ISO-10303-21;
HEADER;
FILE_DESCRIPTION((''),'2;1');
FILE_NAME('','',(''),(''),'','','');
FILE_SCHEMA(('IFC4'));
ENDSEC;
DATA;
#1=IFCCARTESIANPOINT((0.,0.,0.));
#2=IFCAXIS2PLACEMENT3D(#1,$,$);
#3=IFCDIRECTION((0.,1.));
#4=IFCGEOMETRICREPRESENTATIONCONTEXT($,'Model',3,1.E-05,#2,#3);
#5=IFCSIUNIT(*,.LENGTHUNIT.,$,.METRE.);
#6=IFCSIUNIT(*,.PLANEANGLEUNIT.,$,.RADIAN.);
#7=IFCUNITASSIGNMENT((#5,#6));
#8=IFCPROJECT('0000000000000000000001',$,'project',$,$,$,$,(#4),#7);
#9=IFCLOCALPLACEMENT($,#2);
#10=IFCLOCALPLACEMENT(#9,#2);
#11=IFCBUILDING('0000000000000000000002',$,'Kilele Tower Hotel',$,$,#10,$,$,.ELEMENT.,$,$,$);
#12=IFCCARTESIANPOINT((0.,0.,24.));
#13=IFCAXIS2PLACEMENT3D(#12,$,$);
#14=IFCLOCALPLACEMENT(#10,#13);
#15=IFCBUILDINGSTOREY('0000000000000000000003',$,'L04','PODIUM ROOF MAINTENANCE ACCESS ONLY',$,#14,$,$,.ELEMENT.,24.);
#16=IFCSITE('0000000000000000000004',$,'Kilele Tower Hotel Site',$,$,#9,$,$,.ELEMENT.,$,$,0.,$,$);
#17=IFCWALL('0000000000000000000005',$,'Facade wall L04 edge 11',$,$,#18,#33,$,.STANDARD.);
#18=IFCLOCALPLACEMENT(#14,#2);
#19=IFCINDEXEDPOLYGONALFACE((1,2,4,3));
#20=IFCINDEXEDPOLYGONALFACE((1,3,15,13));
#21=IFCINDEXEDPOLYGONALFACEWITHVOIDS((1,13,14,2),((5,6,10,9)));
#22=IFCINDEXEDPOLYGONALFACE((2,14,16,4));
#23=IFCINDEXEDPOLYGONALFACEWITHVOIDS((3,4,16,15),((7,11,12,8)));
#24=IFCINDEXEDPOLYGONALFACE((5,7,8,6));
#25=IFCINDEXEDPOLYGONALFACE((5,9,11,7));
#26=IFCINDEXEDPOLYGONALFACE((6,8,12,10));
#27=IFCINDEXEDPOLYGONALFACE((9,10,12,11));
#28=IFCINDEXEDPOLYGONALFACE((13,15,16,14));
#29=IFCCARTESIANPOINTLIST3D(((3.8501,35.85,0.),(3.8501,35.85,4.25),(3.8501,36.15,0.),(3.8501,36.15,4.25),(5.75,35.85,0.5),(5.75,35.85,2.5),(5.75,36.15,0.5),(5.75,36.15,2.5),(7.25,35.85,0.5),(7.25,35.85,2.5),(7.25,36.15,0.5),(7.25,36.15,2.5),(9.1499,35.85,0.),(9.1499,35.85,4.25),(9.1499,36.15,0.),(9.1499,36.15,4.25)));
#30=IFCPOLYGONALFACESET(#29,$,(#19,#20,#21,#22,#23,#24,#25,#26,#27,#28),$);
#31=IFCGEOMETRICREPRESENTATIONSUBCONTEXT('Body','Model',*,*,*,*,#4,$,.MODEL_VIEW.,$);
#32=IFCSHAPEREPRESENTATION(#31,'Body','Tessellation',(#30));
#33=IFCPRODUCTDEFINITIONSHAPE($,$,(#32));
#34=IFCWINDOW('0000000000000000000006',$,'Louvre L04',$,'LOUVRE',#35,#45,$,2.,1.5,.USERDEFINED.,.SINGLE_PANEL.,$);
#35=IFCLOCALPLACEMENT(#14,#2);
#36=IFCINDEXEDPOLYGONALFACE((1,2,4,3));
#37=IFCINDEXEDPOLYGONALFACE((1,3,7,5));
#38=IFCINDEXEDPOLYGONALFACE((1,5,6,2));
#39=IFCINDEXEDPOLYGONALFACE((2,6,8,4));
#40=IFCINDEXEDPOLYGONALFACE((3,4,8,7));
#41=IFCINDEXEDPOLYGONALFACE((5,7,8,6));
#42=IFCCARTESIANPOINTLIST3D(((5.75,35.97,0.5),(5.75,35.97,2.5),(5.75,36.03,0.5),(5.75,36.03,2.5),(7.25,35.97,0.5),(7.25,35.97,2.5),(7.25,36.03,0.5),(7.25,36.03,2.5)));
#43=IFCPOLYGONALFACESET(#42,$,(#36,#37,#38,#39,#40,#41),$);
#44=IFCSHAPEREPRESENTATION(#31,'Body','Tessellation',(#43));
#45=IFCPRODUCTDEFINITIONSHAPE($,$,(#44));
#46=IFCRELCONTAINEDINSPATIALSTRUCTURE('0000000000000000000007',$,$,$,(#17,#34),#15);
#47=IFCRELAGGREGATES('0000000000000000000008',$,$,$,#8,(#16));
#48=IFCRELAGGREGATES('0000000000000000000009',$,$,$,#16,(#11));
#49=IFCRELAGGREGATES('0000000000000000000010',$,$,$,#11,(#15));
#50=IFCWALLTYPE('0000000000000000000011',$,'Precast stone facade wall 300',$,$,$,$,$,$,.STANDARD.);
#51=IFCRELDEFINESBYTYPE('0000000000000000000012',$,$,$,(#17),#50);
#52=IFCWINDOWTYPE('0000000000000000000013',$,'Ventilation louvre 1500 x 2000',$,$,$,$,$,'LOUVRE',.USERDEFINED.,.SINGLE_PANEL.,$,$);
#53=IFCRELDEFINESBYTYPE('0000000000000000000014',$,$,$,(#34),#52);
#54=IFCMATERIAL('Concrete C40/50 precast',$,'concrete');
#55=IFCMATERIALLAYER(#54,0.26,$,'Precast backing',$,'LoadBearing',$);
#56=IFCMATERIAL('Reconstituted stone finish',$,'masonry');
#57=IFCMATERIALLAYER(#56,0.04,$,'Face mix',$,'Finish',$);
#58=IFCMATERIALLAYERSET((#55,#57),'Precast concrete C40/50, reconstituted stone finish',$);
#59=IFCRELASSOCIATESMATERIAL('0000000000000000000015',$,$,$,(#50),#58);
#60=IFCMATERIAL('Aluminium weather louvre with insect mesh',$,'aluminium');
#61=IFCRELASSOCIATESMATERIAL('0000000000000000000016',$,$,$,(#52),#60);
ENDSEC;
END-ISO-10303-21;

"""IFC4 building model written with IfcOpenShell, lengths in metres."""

from ifc_helpers import new_model, si_unit, direction, frame, frame_2d, origin, place, context, subcontext, project, spatial, rectangle, extrude, material, layer, layer_set, type_object, element, fill, save


model = new_model("IFC4")

# Units and contexts
model_context = context("Model", 3, precision=1e-05, world=origin(), true_north=direction((0.0, 1.0)))
body_context = subcontext(model_context, "Body", "Model", "MODEL_VIEW")
ifc_project = project(units=[si_unit("LENGTHUNIT", "METRE"), si_unit("PLANEANGLEUNIT", "RADIAN")], contexts=[model_context])

# Site, building, storey
site_placement = place(None, origin())
site = spatial("IfcSite", under=ifc_project, at=site_placement, Name="Kilele Tower Hotel Site", CompositionType="ELEMENT", RefElevation=0.0)
building_placement = place(site_placement, origin())
building = spatial("IfcBuilding", under=site, at=building_placement, Name="Kilele Tower Hotel", CompositionType="ELEMENT")
storey_placement = place(building_placement, frame((0.0, 0.0, 24.0)))
storey = spatial("IfcBuildingStorey", under=building, at=storey_placement, Name="L04", Description="PODIUM ROOF MAINTENANCE ACCESS ONLY", CompositionType="ELEMENT", Elevation=24.0)

# Wall, opening, window
ifc_material_1 = material(Name="Concrete C40/50 precast", Category="concrete")
ifc_layer_1 = layer(ifc_material_1, 0.26, Name="Precast backing", Category="LoadBearing")
ifc_material_2 = material(Name="Reconstituted stone finish", Category="masonry")
ifc_layer_2 = layer(ifc_material_2, 0.04, Name="Face mix", Category="Finish")
ifc_layer_set_1 = layer_set([ifc_layer_1, ifc_layer_2], Name="Precast concrete C40/50, reconstituted stone finish")
wall_type_1 = type_object("IfcWallType", Name="Precast stone facade wall 300", PredefinedType="STANDARD", material=ifc_layer_set_1)
wall_1_placement = place(storey_placement, frame((9.1499, 36.0, 0.0), z_axis=(0.0, 0.0, 1.0), x_axis=(-1.0, 0.0, 0.0)))
wall_1 = element("IfcWall", 1, at=wall_1_placement, inside=storey, type_object=wall_type_1, Name="Facade wall L04 edge 11", PredefinedType="STANDARD", context=body_context, shape_type="SweptSolid", body=[
    extrude(rectangle(XDim=5.2998, YDim=0.3, at=frame_2d((2.6499, 0.0))), origin(), (0.0, 0.0, 1.0), 4.25),
])
opening_1_placement = place(wall_1_placement, frame((1.8999, 0.0, 0.5)))
opening_1 = element("IfcOpeningElement", 2, at=opening_1_placement, cuts=wall_1, PredefinedType="OPENING", context=body_context, shape_type="SweptSolid", body=[
    extrude(rectangle(XDim=1.5, YDim=2.0, at=frame_2d((0.75, 1.0))), frame((0.0, 0.1599, 0.0), z_axis=(0.0, -1.0, 0.0), x_axis=(1.0, 0.0, 0.0)), (0.0, 0.0, 1.0), 0.3201),
])
ifc_material_3 = material(Name="Aluminium weather louvre with insect mesh", Category="aluminium")
window_type_1 = type_object("IfcWindowType", Name="Ventilation louvre 1500 x 2000", ElementType="LOUVRE", PartitioningType="SINGLE_PANEL", PredefinedType="USERDEFINED", material=ifc_material_3)
window_1_placement = place(opening_1_placement, origin())
window_1 = element("IfcWindow", 3, at=window_1_placement, inside=storey, type_object=window_type_1, Name="Louvre L04", ObjectType="LOUVRE", OverallHeight=2.0, OverallWidth=1.5, PartitioningType="SINGLE_PANEL", PredefinedType="USERDEFINED", context=body_context, shape_type="SweptSolid", body=[
    extrude(rectangle(XDim=1.5, YDim=2.0, at=frame_2d((0.75, 1.0))), frame((0.0, 0.03, 0.0), z_axis=(0.0, -1.0, 0.0), x_axis=(1.0, 0.0, 0.0)), (0.0, 0.0, 1.0), 0.0601),
])
fill(opening_1, window_1)

save(model, "model.ifc")
